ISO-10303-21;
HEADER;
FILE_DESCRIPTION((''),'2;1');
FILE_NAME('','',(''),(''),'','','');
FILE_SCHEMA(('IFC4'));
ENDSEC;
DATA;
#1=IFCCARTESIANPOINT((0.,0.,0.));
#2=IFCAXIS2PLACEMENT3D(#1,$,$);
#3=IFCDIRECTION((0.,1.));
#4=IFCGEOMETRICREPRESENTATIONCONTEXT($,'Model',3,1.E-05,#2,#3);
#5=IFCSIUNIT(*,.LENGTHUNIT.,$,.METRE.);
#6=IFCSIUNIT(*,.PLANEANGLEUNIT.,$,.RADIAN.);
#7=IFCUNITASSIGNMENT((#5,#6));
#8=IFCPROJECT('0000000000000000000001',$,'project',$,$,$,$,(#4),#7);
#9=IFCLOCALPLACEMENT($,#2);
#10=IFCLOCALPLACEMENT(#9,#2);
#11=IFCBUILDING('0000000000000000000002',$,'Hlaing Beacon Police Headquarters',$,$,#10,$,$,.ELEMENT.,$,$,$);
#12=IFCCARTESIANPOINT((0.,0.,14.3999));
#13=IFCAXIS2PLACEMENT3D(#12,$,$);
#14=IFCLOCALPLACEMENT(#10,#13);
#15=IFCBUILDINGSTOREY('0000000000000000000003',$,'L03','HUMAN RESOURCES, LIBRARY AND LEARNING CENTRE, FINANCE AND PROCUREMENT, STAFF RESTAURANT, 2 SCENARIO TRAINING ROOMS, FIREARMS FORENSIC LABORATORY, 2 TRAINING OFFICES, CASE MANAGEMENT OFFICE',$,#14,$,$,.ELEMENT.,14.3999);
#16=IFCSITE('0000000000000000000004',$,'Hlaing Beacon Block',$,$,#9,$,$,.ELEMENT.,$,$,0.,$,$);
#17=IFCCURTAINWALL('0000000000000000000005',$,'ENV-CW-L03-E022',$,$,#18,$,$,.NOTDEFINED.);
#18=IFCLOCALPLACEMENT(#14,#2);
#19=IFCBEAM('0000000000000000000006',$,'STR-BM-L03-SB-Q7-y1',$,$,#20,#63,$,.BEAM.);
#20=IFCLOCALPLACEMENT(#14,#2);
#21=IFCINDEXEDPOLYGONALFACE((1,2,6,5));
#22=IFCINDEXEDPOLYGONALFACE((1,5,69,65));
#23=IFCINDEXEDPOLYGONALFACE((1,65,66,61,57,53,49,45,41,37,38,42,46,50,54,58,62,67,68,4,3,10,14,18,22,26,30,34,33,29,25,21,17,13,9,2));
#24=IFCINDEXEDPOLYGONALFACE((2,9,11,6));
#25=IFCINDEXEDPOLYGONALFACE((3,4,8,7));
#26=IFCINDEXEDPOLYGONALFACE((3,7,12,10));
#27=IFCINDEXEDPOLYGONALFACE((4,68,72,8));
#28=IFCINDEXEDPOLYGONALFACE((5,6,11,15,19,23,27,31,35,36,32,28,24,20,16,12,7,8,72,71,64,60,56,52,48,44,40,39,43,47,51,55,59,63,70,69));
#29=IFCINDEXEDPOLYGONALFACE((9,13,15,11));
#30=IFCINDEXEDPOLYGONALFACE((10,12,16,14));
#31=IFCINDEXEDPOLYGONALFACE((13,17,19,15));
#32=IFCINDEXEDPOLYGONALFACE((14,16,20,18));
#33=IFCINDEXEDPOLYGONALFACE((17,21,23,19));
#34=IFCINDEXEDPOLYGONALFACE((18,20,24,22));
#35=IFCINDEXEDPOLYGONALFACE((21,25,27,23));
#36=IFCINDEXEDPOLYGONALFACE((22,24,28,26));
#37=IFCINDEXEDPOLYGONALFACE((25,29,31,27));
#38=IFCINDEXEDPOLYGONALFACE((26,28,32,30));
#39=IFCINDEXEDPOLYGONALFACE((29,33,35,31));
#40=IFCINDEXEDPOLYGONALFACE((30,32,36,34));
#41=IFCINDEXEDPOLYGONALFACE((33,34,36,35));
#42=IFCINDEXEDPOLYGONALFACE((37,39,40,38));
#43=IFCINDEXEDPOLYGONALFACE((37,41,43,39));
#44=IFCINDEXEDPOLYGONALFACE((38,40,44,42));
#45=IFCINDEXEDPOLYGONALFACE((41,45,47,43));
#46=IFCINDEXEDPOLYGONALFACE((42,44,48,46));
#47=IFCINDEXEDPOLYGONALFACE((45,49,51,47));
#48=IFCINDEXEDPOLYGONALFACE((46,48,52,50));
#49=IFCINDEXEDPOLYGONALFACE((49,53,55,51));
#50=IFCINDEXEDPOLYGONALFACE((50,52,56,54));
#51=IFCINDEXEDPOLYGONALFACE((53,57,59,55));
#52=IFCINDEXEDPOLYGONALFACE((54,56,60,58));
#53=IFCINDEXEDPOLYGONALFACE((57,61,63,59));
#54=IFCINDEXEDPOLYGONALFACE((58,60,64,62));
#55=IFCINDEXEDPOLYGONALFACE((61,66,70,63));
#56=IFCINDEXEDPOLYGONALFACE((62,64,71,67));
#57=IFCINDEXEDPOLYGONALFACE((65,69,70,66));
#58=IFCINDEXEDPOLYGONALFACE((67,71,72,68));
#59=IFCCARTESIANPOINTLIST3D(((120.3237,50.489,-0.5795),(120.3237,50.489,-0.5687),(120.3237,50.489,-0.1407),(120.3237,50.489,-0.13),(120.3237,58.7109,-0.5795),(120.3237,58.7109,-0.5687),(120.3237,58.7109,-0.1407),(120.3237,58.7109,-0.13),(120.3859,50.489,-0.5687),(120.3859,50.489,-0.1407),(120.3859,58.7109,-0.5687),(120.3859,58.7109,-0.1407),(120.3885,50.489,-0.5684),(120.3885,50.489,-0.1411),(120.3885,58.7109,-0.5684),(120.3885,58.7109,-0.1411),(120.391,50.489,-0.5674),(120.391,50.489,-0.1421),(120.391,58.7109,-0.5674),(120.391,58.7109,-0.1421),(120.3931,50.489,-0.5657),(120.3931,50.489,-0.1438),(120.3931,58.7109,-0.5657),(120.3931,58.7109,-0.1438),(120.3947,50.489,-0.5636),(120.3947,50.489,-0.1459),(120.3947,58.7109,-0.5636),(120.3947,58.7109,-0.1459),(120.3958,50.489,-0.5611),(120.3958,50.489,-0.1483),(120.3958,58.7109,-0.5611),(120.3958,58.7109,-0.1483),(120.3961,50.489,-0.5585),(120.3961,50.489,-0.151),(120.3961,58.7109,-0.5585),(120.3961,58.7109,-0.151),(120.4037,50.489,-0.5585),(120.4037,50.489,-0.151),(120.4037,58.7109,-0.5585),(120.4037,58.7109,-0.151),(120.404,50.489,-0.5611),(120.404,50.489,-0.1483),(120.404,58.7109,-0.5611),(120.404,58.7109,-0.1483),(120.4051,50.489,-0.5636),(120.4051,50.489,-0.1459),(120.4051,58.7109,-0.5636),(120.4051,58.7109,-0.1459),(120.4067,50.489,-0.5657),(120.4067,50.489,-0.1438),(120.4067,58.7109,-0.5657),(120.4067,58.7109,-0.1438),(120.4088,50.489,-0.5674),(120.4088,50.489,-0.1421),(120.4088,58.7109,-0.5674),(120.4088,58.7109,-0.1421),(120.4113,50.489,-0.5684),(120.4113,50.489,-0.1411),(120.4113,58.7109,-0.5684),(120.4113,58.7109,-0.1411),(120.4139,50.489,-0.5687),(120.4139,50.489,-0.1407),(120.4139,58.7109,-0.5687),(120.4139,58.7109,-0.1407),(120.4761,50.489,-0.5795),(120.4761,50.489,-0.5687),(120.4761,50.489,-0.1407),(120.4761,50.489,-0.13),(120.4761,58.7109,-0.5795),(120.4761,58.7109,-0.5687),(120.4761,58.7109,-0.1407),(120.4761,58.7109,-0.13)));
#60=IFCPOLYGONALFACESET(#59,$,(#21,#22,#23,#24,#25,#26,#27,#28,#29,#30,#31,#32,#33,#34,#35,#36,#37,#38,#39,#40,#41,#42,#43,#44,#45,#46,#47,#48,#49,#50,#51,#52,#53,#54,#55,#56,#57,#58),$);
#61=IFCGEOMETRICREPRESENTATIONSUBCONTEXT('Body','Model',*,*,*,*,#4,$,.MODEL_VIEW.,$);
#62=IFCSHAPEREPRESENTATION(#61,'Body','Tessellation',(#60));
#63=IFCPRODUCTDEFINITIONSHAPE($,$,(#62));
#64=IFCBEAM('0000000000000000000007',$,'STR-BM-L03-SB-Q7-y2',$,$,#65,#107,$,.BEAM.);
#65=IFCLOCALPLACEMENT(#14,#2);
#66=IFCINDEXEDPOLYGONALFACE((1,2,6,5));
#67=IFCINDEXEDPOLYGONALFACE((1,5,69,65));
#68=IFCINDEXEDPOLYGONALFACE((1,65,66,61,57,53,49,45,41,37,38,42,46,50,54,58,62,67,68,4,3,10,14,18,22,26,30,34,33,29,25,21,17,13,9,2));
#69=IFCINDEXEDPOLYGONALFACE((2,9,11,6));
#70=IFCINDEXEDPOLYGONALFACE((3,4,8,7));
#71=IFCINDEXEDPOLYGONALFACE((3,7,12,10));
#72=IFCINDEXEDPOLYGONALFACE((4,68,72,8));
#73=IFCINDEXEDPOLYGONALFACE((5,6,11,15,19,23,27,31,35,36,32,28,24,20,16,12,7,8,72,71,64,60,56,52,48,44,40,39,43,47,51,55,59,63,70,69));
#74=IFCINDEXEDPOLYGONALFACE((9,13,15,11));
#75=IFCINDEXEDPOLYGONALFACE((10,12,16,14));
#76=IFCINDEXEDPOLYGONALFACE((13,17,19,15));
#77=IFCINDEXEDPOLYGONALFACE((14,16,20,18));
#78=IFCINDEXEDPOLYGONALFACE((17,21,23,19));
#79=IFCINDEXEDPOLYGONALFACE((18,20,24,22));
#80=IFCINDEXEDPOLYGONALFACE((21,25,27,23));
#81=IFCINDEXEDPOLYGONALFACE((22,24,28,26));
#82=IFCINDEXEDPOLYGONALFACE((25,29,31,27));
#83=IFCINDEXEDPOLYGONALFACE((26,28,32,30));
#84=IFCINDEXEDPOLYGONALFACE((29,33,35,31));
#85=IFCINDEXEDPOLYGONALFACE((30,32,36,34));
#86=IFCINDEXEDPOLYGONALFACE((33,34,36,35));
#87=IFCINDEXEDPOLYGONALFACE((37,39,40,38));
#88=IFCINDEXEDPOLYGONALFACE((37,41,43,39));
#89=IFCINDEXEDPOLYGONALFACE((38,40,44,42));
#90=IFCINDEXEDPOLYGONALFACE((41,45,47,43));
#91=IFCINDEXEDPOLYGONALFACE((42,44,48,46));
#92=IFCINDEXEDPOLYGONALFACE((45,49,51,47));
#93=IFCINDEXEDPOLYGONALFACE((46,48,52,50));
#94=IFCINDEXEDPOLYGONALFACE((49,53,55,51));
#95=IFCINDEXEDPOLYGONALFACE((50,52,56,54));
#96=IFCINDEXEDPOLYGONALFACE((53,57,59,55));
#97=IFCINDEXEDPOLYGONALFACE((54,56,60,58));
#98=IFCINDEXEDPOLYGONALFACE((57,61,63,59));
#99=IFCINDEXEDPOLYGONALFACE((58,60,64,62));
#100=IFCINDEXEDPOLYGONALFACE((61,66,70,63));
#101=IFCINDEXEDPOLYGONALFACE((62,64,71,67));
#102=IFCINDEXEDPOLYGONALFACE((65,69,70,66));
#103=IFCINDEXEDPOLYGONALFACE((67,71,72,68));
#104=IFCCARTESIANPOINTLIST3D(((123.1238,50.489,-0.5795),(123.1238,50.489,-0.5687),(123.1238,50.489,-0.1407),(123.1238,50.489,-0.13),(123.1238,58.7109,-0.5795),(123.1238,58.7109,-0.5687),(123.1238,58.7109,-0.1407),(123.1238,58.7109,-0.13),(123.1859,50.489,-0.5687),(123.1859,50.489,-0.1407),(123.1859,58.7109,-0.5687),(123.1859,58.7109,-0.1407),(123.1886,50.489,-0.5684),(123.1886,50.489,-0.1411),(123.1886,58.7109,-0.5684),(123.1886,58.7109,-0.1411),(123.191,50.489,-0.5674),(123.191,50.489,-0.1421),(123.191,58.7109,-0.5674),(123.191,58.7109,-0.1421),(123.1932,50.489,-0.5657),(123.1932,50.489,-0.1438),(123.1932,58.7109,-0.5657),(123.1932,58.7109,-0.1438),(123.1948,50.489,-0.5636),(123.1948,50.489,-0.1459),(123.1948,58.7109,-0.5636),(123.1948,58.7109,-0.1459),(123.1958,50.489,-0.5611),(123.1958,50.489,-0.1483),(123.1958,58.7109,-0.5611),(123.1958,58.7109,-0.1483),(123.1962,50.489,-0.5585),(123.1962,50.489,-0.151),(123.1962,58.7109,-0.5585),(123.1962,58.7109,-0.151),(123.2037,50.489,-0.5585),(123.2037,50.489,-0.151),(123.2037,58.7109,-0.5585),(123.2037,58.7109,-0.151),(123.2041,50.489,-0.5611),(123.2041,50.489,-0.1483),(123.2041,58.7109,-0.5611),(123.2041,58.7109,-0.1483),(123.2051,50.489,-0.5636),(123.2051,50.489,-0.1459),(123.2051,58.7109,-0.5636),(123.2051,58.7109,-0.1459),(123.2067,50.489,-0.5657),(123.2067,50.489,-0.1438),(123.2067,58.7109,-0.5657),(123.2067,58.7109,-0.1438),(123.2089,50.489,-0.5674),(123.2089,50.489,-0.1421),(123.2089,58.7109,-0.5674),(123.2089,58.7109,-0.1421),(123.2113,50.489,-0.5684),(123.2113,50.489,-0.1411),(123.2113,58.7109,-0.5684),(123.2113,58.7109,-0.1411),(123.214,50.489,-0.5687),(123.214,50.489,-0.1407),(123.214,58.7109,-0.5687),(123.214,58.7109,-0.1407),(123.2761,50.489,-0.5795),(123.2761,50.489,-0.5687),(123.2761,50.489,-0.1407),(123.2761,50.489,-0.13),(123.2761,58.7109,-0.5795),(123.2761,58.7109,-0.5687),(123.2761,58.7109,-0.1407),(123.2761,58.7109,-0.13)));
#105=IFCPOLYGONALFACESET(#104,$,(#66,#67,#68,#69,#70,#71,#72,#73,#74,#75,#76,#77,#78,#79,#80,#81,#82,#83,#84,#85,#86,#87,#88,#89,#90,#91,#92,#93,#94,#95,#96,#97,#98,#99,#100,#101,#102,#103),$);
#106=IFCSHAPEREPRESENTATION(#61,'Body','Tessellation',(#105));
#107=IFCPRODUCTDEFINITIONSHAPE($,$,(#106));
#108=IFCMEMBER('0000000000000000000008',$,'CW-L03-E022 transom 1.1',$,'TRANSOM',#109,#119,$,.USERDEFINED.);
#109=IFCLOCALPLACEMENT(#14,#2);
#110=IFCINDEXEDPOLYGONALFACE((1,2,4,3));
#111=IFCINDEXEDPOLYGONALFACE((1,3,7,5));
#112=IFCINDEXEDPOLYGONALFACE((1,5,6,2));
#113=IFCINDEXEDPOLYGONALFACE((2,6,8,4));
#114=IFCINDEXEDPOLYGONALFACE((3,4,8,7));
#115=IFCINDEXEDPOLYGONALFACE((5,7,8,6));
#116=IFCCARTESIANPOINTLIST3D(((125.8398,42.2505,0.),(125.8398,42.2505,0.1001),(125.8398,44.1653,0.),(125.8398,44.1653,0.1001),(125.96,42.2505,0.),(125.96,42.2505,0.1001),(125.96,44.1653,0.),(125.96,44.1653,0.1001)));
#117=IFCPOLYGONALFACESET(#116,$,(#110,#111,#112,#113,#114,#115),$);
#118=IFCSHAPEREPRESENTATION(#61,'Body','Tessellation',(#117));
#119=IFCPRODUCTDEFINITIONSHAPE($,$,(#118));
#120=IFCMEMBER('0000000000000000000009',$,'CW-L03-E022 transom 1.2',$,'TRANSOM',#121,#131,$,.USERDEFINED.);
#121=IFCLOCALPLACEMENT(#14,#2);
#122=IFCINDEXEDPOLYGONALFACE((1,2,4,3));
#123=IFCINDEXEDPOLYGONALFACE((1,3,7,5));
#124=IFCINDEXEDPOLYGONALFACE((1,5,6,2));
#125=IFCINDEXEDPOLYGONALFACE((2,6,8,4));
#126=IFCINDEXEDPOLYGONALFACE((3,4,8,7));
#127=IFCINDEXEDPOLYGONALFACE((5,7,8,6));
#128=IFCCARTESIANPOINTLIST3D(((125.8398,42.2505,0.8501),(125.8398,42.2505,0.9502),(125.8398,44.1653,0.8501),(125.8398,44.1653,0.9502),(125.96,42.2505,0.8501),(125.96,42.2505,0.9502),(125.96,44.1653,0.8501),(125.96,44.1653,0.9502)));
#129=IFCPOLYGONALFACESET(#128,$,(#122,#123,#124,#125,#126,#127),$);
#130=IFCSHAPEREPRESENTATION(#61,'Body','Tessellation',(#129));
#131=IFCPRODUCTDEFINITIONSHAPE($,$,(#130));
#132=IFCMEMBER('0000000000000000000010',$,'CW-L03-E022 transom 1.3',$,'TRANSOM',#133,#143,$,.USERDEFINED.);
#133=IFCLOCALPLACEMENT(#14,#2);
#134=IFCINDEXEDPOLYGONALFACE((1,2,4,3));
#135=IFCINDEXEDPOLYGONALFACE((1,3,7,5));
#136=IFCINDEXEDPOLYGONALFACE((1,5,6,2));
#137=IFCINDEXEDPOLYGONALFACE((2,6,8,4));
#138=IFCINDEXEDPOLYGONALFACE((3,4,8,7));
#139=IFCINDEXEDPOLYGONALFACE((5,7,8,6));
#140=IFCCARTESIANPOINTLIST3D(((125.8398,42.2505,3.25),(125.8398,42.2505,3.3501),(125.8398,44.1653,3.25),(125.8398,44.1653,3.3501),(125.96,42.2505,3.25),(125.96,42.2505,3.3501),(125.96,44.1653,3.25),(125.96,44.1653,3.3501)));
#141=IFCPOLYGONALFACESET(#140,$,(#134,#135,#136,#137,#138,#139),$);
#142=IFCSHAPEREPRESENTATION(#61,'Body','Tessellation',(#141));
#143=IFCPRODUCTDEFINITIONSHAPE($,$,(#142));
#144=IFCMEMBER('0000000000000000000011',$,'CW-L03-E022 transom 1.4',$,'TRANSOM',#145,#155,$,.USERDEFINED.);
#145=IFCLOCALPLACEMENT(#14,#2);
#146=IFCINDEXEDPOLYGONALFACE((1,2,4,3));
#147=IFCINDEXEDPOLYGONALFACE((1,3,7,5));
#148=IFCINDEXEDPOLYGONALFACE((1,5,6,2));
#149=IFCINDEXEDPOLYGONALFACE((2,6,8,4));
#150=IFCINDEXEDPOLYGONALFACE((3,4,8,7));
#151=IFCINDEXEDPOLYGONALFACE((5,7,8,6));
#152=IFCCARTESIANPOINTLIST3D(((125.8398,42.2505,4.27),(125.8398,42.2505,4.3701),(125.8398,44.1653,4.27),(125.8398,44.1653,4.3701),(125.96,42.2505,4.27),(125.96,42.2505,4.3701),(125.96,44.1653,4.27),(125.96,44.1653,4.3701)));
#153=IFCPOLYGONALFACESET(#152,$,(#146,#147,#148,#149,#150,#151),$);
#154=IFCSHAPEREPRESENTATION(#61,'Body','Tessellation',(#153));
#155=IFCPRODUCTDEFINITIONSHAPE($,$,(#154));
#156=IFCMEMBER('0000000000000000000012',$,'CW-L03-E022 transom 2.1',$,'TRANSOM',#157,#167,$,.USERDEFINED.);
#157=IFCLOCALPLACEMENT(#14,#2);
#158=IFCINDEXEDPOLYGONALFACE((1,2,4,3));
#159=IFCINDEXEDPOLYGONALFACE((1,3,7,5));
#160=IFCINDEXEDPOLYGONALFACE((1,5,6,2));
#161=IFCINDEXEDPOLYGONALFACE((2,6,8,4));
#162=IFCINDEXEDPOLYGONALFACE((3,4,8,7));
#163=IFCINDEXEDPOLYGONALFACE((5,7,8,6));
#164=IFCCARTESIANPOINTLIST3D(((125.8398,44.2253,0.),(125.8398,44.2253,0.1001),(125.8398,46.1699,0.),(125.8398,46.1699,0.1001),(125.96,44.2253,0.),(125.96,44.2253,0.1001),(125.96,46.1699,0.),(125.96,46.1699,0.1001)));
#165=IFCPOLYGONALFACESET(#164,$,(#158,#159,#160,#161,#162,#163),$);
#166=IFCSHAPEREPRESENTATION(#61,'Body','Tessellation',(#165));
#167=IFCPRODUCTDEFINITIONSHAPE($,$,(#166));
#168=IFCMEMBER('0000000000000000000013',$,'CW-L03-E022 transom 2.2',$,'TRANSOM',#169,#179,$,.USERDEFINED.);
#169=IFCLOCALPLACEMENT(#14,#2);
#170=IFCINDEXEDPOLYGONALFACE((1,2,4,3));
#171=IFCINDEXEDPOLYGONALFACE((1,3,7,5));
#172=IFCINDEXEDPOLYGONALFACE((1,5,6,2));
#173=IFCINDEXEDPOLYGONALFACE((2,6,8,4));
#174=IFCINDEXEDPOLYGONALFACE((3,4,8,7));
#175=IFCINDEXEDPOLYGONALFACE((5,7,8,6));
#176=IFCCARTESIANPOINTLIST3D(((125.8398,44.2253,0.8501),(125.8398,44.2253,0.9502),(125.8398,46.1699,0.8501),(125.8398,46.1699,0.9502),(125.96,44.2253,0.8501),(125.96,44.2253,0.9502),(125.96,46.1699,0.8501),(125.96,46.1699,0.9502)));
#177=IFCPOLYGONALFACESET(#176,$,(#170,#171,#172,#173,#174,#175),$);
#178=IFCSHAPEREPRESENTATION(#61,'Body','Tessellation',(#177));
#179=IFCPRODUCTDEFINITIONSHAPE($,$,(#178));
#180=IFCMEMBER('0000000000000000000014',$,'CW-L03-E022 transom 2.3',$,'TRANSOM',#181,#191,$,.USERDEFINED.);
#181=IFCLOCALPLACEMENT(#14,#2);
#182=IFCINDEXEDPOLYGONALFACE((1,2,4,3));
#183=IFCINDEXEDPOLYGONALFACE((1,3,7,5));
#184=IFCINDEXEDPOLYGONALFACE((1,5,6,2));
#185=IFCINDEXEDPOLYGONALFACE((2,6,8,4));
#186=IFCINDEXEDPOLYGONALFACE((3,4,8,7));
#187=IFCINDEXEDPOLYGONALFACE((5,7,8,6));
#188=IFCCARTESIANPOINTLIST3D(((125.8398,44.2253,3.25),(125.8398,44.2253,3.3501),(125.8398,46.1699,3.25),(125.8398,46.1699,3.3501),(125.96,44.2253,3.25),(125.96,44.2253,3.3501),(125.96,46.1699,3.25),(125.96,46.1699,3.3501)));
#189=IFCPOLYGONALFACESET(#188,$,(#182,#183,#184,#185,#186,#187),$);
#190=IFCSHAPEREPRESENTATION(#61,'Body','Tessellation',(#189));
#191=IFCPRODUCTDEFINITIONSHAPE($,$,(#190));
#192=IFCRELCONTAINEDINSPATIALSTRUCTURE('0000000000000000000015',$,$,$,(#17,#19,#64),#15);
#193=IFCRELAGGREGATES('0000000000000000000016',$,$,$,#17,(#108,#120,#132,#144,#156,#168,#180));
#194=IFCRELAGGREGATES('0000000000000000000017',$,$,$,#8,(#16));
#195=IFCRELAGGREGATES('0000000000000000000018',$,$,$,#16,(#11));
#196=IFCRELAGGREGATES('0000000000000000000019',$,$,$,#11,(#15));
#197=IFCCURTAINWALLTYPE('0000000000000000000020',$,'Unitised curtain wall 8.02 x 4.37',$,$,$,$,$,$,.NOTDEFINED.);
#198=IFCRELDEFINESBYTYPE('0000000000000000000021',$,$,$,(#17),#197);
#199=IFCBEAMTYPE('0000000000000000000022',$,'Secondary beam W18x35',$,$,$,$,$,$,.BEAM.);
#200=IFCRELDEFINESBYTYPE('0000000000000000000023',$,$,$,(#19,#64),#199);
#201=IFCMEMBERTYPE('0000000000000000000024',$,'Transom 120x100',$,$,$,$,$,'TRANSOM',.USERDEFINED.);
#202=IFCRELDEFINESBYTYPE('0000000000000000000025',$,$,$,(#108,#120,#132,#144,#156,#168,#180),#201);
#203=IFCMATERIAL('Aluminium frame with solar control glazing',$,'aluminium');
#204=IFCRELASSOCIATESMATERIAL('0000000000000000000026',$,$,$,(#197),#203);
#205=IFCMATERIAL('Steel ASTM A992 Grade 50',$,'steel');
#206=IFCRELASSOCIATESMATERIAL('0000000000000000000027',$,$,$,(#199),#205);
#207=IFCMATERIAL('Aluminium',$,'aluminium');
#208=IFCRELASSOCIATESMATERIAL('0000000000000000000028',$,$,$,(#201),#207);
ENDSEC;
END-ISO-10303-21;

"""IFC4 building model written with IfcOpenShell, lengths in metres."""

from ifc_helpers import new_model, si_unit, direction, frame, origin, origin_2d, place, context, subcontext, project, spatial, rectangle, i_section, extrude, material, material_profile, profile_set, type_object, element, aggregate, save


model = new_model("IFC4")

# Units and contexts
model_context = context("Model", 3, precision=1e-05, world=origin(), true_north=direction((0.0, 1.0)))
body_context = subcontext(model_context, "Body", "Model", "MODEL_VIEW")
ifc_project = project(units=[si_unit("LENGTHUNIT", "METRE"), si_unit("PLANEANGLEUNIT", "RADIAN")], contexts=[model_context])

# Site, building, storey
site_placement = place(None, origin())
site = spatial("IfcSite", under=ifc_project, at=site_placement, Name="Hlaing Beacon Block", CompositionType="ELEMENT", RefElevation=0.0)
building_placement = place(site_placement, origin())
building = spatial("IfcBuilding", under=site, at=building_placement, Name="Hlaing Beacon Police Headquarters", CompositionType="ELEMENT")
storey_placement = place(building_placement, frame((0.0, 0.0, 14.3999)))
storey = spatial("IfcBuildingStorey", under=building, at=storey_placement, Name="L03", Description="HUMAN RESOURCES, LIBRARY AND LEARNING CENTRE, FINANCE AND PROCUREMENT, STAFF RESTAURANT, 2 SCENARIO TRAINING ROOMS, FIREARMS FORENSIC LABORATORY, 2 TRAINING OFFICES, CASE MANAGEMENT OFFICE", CompositionType="ELEMENT", Elevation=14.3999)

# Curtain wall
ifc_material_1 = material(Name="Aluminium frame with solar control glazing", Category="aluminium")
curtain_wall_type = type_object("IfcCurtainWallType", Name="Unitised curtain wall 8.02 x 4.37", PredefinedType="NOTDEFINED", material=ifc_material_1)
curtain_wall_placement = place(storey_placement, origin())
curtain_wall = element("IfcCurtainWall", 1, at=curtain_wall_placement, inside=storey, type_object=curtain_wall_type, Name="ENV-CW-L03-E022", PredefinedType="NOTDEFINED")

# Beams
ifc_material_2 = material(Name="Steel ASTM A992 Grade 50", Category="steel")
ifc_material_profile_1 = material_profile(ifc_material_2, i_section(OverallWidth=0.1523, OverallDepth=0.4495, WebThickness=0.0076, FlangeThickness=0.0107, FilletRadius=0.0103, at=origin_2d()), Name="W18x35")
ifc_profile_set_1 = profile_set([ifc_material_profile_1], Name="Steel ASTM A992 Grade 50")
beam_type_1 = type_object("IfcBeamType", Name="Secondary beam W18x35", PredefinedType="BEAM", material=ifc_profile_set_1)
for number, where, z_axis, x_axis, name in (
    (2, (120.3999, 50.489, -0.3547), (0.0, 1.0, 0.0), (-1.0, 0.0, 0.0), "STR-BM-L03-SB-Q7-y1"),
    (3, (123.2, 50.489, -0.3547), (0.0, 1.0, 0.0), (-1.0, 0.0, 0.0), "STR-BM-L03-SB-Q7-y2"),
):
    element("IfcBeam", number, at=place(storey_placement, frame(where, z_axis=z_axis, x_axis=x_axis)), inside=storey, type_object=beam_type_1, Name=name, PredefinedType="BEAM", context=body_context, shape_type="SweptSolid", body=[
        extrude(i_section(OverallWidth=0.1523, OverallDepth=0.4495, WebThickness=0.0076, FlangeThickness=0.0107, FilletRadius=0.0103, at=origin_2d()), origin(), (0.0, 0.0, 1.0), 8.2219),
    ])

# Members
ifc_material_3 = material(Name="Aluminium", Category="aluminium")
ifc_material_profile_2 = material_profile(ifc_material_3, rectangle(XDim=0.1201, YDim=0.1001, at=origin_2d()), Name="Transom 120x100")
ifc_profile_set_2 = profile_set([ifc_material_profile_2], Name="Aluminium")
member_type_1 = type_object("IfcMemberType", Name="Transom 120x100", ElementType="TRANSOM", PredefinedType="USERDEFINED", material=ifc_profile_set_2)
member_1_placement = place(storey_placement, frame((125.8999, 42.2505, 0.05), z_axis=(0.0, 1.0, 0.0), x_axis=(-1.0, 0.0, 0.0)))
member_1 = element("IfcMember", 4, at=member_1_placement, type_object=member_type_1, Name="CW-L03-E022 transom 1.1", ObjectType="TRANSOM", PredefinedType="USERDEFINED", context=body_context, shape_type="SweptSolid", body=[
    extrude(rectangle(XDim=0.1201, YDim=0.1001, at=origin_2d()), origin(), (0.0, 0.0, 1.0), 1.9148),
])
member_2_placement = place(storey_placement, frame((125.8999, 42.2505, 0.9001), z_axis=(0.0, 1.0, 0.0), x_axis=(-1.0, 0.0, 0.0)))
member_2 = element("IfcMember", 5, at=member_2_placement, type_object=member_type_1, Name="CW-L03-E022 transom 1.2", ObjectType="TRANSOM", PredefinedType="USERDEFINED", context=body_context, shape_type="SweptSolid", body=[
    extrude(rectangle(XDim=0.1201, YDim=0.1001, at=origin_2d()), origin(), (0.0, 0.0, 1.0), 1.9148),
])
member_3_placement = place(storey_placement, frame((125.8999, 42.2505, 3.3), z_axis=(0.0, 1.0, 0.0), x_axis=(-1.0, 0.0, 0.0)))
member_3 = element("IfcMember", 6, at=member_3_placement, type_object=member_type_1, Name="CW-L03-E022 transom 1.3", ObjectType="TRANSOM", PredefinedType="USERDEFINED", context=body_context, shape_type="SweptSolid", body=[
    extrude(rectangle(XDim=0.1201, YDim=0.1001, at=origin_2d()), origin(), (0.0, 0.0, 1.0), 1.9148),
])
member_4_placement = place(storey_placement, frame((125.8999, 42.2505, 4.3201), z_axis=(0.0, 1.0, 0.0), x_axis=(-1.0, 0.0, 0.0)))
member_4 = element("IfcMember", 7, at=member_4_placement, type_object=member_type_1, Name="CW-L03-E022 transom 1.4", ObjectType="TRANSOM", PredefinedType="USERDEFINED", context=body_context, shape_type="SweptSolid", body=[
    extrude(rectangle(XDim=0.1201, YDim=0.1001, at=origin_2d()), origin(), (0.0, 0.0, 1.0), 1.9148),
])
member_5_placement = place(storey_placement, frame((125.8999, 44.2253, 0.05), z_axis=(0.0, 1.0, 0.0), x_axis=(-1.0, 0.0, 0.0)))
member_5 = element("IfcMember", 8, at=member_5_placement, type_object=member_type_1, Name="CW-L03-E022 transom 2.1", ObjectType="TRANSOM", PredefinedType="USERDEFINED", context=body_context, shape_type="SweptSolid", body=[
    extrude(rectangle(XDim=0.1201, YDim=0.1001, at=origin_2d()), origin(), (0.0, 0.0, 1.0), 1.9446),
])
member_6_placement = place(storey_placement, frame((125.8999, 44.2253, 0.9001), z_axis=(0.0, 1.0, 0.0), x_axis=(-1.0, 0.0, 0.0)))
member_6 = element("IfcMember", 9, at=member_6_placement, type_object=member_type_1, Name="CW-L03-E022 transom 2.2", ObjectType="TRANSOM", PredefinedType="USERDEFINED", context=body_context, shape_type="SweptSolid", body=[
    extrude(rectangle(XDim=0.1201, YDim=0.1001, at=origin_2d()), origin(), (0.0, 0.0, 1.0), 1.9446),
])
member_7_placement = place(storey_placement, frame((125.8999, 44.2253, 3.3), z_axis=(0.0, 1.0, 0.0), x_axis=(-1.0, 0.0, 0.0)))
member_7 = element("IfcMember", 10, at=member_7_placement, type_object=member_type_1, Name="CW-L03-E022 transom 2.3", ObjectType="TRANSOM", PredefinedType="USERDEFINED", context=body_context, shape_type="SweptSolid", body=[
    extrude(rectangle(XDim=0.1201, YDim=0.1001, at=origin_2d()), origin(), (0.0, 0.0, 1.0), 1.9446),
])
aggregate(curtain_wall, [member_1, member_2, member_3, member_4, member_5, member_6, member_7])

save(model, "model.ifc")
